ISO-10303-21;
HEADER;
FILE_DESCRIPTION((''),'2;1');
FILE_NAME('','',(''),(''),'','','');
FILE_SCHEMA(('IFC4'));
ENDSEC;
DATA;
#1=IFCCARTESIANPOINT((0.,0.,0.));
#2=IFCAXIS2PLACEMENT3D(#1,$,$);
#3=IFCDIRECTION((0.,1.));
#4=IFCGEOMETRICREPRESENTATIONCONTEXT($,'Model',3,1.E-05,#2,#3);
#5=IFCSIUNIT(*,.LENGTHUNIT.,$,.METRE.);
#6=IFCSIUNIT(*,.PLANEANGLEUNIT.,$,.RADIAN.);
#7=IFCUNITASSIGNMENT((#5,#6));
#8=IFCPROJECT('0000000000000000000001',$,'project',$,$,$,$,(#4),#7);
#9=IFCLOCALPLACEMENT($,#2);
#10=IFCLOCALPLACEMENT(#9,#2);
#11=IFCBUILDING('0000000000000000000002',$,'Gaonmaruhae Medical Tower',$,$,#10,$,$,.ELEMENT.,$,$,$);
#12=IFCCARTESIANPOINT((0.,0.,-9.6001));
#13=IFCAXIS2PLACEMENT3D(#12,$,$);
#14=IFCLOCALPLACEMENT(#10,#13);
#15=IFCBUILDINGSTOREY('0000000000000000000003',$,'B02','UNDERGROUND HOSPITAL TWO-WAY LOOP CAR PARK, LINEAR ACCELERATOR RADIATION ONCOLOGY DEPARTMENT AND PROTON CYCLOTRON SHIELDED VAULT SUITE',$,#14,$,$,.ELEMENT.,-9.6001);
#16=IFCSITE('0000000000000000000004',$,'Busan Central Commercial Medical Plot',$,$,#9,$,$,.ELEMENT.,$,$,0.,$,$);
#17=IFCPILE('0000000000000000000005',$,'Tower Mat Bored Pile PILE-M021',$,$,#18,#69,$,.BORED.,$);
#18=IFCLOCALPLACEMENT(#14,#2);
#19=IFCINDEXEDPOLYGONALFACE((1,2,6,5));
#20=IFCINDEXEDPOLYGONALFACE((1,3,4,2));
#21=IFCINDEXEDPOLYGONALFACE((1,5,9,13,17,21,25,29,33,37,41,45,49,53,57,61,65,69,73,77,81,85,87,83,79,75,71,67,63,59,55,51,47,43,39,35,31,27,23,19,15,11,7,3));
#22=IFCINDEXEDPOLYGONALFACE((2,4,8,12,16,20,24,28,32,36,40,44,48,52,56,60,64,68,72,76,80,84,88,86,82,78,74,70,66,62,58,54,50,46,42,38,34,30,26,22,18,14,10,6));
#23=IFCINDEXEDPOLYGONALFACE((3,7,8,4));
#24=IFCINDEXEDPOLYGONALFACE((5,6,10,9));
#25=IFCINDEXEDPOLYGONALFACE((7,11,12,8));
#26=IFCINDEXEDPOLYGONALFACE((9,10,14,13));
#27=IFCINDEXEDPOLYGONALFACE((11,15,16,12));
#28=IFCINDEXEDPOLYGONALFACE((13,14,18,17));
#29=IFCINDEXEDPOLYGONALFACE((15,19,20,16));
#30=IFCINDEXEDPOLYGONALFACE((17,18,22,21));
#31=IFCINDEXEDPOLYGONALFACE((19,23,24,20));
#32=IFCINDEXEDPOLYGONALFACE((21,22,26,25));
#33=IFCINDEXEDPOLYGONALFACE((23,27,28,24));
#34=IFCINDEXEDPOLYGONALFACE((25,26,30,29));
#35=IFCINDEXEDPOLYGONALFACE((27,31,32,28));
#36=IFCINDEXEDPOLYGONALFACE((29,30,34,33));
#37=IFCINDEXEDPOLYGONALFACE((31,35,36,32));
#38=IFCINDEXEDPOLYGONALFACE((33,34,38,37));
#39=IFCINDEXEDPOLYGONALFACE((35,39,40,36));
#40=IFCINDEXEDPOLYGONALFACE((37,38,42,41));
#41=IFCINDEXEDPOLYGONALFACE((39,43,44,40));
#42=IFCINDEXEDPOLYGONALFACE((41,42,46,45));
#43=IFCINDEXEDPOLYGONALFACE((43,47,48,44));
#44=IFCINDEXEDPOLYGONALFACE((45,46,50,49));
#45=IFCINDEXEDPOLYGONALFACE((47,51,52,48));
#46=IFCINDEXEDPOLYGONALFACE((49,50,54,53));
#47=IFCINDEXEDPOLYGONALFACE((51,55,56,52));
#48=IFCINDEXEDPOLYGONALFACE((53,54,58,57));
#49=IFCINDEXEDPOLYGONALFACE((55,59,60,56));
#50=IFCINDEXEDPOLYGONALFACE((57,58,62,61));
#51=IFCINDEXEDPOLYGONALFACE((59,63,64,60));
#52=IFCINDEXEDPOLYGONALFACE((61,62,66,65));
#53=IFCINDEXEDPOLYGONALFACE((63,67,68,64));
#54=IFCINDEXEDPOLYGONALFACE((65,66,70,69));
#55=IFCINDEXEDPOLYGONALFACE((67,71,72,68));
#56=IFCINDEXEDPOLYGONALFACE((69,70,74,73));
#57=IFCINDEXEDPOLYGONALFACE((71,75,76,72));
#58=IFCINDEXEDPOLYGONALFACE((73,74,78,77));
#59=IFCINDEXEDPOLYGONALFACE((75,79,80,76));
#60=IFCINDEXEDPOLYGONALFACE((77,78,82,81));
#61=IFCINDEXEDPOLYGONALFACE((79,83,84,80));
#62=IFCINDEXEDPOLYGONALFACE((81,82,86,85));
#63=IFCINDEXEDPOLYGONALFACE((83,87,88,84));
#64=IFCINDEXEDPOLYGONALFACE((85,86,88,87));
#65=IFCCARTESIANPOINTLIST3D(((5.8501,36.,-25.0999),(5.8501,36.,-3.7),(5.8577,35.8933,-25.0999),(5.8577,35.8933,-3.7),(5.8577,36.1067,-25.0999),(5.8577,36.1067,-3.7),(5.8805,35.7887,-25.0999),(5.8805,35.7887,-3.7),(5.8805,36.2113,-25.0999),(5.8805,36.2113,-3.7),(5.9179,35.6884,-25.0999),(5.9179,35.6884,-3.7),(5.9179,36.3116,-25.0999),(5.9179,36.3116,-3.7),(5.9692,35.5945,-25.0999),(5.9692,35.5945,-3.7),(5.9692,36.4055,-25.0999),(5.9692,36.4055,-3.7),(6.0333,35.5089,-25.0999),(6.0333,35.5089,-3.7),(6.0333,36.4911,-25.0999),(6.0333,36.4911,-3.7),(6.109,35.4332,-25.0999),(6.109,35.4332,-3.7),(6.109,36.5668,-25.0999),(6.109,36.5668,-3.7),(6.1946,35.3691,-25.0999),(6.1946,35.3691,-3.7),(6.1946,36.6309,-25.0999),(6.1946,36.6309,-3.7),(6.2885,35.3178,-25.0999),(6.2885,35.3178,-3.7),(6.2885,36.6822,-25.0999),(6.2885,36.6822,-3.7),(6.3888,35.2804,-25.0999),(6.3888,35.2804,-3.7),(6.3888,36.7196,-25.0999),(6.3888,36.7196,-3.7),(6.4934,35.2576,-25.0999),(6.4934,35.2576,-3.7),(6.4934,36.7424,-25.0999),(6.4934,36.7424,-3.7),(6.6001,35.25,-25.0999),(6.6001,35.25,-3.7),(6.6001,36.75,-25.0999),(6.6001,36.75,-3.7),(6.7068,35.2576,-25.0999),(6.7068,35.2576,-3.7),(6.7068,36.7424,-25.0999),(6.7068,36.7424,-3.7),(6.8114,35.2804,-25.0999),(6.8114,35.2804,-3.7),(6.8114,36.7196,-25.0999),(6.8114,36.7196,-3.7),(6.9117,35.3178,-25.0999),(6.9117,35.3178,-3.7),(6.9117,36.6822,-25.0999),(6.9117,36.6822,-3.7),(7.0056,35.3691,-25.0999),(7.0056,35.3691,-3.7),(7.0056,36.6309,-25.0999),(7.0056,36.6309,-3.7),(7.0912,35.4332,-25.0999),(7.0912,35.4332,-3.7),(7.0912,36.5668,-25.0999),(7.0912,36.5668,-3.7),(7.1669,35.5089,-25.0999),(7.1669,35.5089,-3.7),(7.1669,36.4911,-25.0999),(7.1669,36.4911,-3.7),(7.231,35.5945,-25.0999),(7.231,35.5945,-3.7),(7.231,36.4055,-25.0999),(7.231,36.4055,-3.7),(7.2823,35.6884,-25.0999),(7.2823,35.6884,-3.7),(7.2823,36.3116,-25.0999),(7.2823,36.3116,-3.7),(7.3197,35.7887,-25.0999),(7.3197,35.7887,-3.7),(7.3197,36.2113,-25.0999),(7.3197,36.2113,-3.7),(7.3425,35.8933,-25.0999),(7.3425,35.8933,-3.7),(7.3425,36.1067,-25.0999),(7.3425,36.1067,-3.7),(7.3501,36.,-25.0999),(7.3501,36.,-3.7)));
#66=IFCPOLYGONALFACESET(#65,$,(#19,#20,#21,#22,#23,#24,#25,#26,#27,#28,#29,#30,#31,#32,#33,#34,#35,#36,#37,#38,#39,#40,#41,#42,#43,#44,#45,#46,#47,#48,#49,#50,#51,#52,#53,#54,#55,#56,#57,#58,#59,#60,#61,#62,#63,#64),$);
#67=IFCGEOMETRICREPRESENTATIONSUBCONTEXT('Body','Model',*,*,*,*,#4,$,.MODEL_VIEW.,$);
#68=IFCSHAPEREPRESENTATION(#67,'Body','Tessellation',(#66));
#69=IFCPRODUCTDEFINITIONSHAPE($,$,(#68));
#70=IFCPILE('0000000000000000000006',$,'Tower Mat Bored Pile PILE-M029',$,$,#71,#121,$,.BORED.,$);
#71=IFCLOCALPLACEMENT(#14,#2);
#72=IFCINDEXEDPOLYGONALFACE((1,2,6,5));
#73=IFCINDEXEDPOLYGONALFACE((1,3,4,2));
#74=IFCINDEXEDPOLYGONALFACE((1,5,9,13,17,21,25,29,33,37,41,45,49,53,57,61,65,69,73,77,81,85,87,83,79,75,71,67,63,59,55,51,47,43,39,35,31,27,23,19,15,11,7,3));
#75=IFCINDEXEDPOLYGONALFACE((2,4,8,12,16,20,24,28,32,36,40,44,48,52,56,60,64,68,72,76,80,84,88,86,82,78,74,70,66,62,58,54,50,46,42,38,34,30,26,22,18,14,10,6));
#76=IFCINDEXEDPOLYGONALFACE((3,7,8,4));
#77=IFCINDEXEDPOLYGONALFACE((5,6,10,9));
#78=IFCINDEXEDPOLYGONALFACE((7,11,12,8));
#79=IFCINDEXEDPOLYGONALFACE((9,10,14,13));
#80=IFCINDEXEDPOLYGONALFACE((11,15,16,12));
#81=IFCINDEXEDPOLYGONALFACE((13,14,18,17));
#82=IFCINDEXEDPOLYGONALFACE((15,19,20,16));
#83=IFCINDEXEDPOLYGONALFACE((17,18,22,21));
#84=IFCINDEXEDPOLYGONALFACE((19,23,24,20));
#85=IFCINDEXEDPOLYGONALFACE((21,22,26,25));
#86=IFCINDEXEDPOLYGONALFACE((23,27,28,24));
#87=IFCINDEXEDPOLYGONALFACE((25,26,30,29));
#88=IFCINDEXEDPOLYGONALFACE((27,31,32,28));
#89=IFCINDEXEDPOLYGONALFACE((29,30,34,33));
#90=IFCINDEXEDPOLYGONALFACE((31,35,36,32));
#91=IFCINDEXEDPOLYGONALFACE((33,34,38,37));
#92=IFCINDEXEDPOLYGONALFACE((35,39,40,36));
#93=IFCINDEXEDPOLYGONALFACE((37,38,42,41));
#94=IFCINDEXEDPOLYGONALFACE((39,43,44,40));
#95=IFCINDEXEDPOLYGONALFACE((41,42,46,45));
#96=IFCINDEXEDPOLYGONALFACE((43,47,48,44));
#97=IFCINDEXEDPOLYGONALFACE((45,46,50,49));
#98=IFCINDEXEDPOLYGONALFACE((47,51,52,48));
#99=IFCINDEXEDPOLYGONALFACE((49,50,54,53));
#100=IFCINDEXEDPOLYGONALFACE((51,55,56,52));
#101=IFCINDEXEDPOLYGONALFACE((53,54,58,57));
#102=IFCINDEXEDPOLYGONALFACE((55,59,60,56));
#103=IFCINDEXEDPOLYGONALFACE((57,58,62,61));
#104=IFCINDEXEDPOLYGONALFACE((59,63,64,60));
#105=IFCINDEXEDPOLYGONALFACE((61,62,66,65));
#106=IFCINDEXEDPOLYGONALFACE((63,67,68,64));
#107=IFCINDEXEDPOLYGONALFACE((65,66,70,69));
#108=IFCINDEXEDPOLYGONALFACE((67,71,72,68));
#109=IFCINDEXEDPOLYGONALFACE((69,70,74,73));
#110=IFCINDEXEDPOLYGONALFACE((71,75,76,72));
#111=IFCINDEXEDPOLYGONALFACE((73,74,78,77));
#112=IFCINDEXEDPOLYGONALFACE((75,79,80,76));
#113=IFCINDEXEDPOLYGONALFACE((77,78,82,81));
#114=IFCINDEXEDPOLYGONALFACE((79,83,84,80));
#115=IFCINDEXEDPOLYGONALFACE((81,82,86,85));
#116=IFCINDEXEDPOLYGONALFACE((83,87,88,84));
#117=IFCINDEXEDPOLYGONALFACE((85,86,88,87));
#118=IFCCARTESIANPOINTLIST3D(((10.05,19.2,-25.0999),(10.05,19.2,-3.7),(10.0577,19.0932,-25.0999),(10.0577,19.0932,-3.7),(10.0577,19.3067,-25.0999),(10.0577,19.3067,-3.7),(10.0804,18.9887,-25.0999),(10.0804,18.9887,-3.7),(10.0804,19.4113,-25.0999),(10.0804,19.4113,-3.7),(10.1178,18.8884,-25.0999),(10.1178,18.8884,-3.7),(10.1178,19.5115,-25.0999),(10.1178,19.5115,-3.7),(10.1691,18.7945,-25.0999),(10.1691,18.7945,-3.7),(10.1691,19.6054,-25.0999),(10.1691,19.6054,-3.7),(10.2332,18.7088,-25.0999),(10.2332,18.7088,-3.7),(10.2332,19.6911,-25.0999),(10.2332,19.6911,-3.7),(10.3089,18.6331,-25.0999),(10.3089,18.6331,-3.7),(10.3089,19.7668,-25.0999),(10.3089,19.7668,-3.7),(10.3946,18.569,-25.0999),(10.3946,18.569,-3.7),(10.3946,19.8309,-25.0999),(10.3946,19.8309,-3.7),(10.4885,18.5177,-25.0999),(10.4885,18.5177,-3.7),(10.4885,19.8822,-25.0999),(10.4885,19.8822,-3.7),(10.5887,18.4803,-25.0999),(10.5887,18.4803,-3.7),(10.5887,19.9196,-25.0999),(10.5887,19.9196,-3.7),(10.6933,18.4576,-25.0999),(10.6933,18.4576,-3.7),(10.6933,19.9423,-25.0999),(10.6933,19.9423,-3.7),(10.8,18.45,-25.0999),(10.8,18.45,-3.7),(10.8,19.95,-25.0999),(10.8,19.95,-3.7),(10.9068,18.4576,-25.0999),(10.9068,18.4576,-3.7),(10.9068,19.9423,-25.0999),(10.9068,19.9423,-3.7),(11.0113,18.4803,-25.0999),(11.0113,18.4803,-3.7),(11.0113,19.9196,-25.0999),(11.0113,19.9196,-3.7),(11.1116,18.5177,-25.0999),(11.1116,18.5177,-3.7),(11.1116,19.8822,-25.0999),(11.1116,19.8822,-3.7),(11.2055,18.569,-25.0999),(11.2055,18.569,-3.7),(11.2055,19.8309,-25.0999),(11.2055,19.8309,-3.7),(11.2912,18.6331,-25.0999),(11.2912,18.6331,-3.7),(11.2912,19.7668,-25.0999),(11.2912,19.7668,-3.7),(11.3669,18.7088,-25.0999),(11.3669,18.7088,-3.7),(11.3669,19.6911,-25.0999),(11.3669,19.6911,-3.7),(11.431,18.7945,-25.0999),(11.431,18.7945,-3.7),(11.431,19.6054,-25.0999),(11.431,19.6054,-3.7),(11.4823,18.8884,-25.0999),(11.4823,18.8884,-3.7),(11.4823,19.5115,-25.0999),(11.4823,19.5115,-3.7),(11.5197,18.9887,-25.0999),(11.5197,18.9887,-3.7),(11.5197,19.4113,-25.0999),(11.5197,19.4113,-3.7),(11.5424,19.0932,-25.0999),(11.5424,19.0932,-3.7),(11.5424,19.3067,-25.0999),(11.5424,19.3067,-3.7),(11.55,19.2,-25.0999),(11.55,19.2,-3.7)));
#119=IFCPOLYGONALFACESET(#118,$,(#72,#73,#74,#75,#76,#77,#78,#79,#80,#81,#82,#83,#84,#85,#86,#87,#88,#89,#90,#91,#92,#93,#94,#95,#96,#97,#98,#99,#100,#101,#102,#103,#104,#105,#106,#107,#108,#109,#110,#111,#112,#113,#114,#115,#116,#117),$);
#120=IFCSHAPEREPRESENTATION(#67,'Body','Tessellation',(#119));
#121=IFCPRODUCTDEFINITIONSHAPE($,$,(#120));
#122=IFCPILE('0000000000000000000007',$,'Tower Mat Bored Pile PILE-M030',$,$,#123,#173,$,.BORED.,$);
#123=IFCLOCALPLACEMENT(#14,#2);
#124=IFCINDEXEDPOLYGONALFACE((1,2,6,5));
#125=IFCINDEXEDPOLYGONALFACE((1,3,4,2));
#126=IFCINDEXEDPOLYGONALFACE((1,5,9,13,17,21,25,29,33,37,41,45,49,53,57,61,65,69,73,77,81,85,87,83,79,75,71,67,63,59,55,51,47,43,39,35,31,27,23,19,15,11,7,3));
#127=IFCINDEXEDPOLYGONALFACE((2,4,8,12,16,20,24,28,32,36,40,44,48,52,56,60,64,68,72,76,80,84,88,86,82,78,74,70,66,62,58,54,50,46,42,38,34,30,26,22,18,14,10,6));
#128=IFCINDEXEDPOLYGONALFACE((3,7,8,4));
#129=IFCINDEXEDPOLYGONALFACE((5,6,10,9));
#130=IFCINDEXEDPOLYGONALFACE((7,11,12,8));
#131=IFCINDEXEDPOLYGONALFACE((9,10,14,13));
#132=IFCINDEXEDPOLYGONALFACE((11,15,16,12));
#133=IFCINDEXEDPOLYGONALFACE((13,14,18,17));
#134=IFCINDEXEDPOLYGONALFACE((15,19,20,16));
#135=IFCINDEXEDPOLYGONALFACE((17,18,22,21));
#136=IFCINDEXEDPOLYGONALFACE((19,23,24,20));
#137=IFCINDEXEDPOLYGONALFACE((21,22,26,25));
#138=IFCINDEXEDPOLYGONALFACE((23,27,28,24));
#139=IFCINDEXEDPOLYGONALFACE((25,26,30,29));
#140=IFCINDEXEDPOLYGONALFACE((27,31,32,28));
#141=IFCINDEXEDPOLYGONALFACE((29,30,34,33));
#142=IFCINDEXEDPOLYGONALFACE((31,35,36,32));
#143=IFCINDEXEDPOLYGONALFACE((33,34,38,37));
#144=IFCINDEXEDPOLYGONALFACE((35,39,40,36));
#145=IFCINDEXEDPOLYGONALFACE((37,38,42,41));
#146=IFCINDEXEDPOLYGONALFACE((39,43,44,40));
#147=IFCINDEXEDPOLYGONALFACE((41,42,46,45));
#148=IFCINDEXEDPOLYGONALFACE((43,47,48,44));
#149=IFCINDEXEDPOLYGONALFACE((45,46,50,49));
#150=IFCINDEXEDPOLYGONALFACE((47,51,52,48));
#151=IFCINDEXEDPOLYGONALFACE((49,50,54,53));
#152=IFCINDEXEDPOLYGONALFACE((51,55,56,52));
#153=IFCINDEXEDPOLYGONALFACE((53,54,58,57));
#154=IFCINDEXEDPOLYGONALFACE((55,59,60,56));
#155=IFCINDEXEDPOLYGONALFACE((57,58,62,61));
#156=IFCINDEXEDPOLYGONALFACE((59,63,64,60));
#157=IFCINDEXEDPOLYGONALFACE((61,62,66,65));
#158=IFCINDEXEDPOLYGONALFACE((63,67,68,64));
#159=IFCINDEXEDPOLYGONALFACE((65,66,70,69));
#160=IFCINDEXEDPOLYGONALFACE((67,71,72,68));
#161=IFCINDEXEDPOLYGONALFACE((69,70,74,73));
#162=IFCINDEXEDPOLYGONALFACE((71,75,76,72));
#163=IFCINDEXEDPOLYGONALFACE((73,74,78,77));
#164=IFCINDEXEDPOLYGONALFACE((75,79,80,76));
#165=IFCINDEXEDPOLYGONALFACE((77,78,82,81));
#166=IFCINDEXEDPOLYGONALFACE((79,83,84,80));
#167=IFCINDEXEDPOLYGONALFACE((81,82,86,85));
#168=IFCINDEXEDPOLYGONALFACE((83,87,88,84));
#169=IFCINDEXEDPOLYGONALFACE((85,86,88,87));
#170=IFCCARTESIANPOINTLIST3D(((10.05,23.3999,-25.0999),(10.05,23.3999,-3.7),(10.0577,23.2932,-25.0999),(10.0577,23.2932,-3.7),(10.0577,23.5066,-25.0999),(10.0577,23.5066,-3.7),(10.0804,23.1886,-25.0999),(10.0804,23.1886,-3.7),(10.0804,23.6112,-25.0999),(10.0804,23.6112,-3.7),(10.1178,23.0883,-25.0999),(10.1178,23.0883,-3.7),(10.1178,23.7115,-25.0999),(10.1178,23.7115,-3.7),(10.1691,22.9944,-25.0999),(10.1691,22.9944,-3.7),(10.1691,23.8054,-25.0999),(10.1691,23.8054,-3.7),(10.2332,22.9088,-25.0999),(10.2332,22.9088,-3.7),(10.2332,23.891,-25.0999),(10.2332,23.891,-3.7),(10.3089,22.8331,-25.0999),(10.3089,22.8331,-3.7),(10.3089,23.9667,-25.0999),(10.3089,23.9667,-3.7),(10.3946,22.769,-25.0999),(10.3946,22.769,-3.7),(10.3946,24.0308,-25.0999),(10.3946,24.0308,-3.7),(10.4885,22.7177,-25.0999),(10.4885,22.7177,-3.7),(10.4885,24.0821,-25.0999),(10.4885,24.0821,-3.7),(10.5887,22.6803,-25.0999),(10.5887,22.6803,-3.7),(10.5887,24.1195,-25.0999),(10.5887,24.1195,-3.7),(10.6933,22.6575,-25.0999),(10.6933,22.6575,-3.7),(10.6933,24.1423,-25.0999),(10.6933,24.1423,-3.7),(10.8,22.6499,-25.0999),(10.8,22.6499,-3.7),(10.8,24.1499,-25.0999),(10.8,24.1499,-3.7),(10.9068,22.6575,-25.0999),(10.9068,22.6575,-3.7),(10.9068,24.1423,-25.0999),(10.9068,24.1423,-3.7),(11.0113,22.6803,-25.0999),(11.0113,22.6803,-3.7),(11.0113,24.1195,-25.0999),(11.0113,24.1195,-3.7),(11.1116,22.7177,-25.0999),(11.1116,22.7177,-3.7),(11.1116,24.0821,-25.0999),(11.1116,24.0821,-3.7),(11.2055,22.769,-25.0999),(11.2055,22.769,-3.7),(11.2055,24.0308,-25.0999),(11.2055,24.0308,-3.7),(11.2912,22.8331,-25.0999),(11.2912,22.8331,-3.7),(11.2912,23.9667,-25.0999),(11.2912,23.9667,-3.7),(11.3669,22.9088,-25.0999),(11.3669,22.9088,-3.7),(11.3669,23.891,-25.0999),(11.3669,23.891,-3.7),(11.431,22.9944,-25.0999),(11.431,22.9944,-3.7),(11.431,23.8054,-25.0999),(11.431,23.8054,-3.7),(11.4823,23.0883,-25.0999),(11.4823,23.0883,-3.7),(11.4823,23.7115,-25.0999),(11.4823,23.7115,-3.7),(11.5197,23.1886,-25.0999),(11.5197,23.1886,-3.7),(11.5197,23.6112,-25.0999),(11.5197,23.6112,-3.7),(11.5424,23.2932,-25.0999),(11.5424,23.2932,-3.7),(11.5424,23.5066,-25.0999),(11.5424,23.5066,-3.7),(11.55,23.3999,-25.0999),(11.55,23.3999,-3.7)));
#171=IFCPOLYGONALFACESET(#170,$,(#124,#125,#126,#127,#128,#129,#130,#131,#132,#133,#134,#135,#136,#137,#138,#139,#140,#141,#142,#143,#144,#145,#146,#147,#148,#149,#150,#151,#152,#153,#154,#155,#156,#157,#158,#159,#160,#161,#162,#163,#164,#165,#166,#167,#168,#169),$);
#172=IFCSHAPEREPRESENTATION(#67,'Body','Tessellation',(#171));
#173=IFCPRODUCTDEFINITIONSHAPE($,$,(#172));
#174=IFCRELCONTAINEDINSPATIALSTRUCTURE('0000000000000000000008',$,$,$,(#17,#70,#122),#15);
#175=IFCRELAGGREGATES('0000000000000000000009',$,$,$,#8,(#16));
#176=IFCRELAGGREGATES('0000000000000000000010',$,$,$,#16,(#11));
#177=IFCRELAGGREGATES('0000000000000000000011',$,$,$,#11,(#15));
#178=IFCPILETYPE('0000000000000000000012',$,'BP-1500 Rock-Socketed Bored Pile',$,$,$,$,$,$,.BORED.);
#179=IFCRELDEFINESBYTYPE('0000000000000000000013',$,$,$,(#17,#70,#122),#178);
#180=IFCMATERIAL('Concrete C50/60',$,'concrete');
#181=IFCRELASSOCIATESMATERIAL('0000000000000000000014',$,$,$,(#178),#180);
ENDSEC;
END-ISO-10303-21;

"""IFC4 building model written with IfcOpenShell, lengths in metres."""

from ifc_helpers import new_model, si_unit, direction, frame, origin, origin_2d, place, context, subcontext, project, spatial, circle, extrude, material, material_profile, profile_set, type_object, element, save


model = new_model("IFC4")

# Units and contexts
model_context = context("Model", 3, precision=1e-05, world=origin(), true_north=direction((0.0, 1.0)))
body_context = subcontext(model_context, "Body", "Model", "MODEL_VIEW")
ifc_project = project(units=[si_unit("LENGTHUNIT", "METRE"), si_unit("PLANEANGLEUNIT", "RADIAN")], contexts=[model_context])

# Site, building, storey
site_placement = place(None, origin())
site = spatial("IfcSite", under=ifc_project, at=site_placement, Name="Busan Central Commercial Medical Plot", CompositionType="ELEMENT", RefElevation=0.0)
building_placement = place(site_placement, origin())
building = spatial("IfcBuilding", under=site, at=building_placement, Name="Gaonmaruhae Medical Tower", CompositionType="ELEMENT")
storey_placement = place(building_placement, frame((0.0, 0.0, -9.6001)))
storey = spatial("IfcBuildingStorey", under=building, at=storey_placement, Name="B02", Description="UNDERGROUND HOSPITAL TWO-WAY LOOP CAR PARK, LINEAR ACCELERATOR RADIATION ONCOLOGY DEPARTMENT AND PROTON CYCLOTRON SHIELDED VAULT SUITE", CompositionType="ELEMENT", Elevation=-9.6001)

# Piles
ifc_material_1 = material(Name="Concrete C50/60", Category="concrete")
ifc_material_profile_1 = material_profile(ifc_material_1, circle(Radius=0.75, at=origin_2d()), Name="PILE-D1500")
ifc_profile_set_1 = profile_set([ifc_material_profile_1], Name="Concrete C50/60")
pile_type = type_object("IfcPileType", Name="BP-1500 Rock-Socketed Bored Pile", PredefinedType="BORED", material=ifc_profile_set_1)
for number, where, z_axis, x_axis, name in (
    (1, (6.6001, 36.0, -3.7), (0.0, 0.0, -1.0), (1.0, 0.0, 0.0), "Tower Mat Bored Pile PILE-M021"),
    (2, (10.8, 19.2, -3.7), (0.0, 0.0, -1.0), (1.0, 0.0, 0.0), "Tower Mat Bored Pile PILE-M029"),
    (3, (10.8, 23.3999, -3.7), (0.0, 0.0, -1.0), (1.0, 0.0, 0.0), "Tower Mat Bored Pile PILE-M030"),
):
    element("IfcPile", number, at=place(storey_placement, frame(where, z_axis=z_axis, x_axis=x_axis)), inside=storey, type_object=pile_type, Name=name, PredefinedType="BORED", context=body_context, shape_type="SweptSolid", body=[
        extrude(circle(Radius=0.75, at=origin_2d()), origin(), (0.0, 0.0, 1.0), 21.3999),
    ])

save(model, "model.ifc")
